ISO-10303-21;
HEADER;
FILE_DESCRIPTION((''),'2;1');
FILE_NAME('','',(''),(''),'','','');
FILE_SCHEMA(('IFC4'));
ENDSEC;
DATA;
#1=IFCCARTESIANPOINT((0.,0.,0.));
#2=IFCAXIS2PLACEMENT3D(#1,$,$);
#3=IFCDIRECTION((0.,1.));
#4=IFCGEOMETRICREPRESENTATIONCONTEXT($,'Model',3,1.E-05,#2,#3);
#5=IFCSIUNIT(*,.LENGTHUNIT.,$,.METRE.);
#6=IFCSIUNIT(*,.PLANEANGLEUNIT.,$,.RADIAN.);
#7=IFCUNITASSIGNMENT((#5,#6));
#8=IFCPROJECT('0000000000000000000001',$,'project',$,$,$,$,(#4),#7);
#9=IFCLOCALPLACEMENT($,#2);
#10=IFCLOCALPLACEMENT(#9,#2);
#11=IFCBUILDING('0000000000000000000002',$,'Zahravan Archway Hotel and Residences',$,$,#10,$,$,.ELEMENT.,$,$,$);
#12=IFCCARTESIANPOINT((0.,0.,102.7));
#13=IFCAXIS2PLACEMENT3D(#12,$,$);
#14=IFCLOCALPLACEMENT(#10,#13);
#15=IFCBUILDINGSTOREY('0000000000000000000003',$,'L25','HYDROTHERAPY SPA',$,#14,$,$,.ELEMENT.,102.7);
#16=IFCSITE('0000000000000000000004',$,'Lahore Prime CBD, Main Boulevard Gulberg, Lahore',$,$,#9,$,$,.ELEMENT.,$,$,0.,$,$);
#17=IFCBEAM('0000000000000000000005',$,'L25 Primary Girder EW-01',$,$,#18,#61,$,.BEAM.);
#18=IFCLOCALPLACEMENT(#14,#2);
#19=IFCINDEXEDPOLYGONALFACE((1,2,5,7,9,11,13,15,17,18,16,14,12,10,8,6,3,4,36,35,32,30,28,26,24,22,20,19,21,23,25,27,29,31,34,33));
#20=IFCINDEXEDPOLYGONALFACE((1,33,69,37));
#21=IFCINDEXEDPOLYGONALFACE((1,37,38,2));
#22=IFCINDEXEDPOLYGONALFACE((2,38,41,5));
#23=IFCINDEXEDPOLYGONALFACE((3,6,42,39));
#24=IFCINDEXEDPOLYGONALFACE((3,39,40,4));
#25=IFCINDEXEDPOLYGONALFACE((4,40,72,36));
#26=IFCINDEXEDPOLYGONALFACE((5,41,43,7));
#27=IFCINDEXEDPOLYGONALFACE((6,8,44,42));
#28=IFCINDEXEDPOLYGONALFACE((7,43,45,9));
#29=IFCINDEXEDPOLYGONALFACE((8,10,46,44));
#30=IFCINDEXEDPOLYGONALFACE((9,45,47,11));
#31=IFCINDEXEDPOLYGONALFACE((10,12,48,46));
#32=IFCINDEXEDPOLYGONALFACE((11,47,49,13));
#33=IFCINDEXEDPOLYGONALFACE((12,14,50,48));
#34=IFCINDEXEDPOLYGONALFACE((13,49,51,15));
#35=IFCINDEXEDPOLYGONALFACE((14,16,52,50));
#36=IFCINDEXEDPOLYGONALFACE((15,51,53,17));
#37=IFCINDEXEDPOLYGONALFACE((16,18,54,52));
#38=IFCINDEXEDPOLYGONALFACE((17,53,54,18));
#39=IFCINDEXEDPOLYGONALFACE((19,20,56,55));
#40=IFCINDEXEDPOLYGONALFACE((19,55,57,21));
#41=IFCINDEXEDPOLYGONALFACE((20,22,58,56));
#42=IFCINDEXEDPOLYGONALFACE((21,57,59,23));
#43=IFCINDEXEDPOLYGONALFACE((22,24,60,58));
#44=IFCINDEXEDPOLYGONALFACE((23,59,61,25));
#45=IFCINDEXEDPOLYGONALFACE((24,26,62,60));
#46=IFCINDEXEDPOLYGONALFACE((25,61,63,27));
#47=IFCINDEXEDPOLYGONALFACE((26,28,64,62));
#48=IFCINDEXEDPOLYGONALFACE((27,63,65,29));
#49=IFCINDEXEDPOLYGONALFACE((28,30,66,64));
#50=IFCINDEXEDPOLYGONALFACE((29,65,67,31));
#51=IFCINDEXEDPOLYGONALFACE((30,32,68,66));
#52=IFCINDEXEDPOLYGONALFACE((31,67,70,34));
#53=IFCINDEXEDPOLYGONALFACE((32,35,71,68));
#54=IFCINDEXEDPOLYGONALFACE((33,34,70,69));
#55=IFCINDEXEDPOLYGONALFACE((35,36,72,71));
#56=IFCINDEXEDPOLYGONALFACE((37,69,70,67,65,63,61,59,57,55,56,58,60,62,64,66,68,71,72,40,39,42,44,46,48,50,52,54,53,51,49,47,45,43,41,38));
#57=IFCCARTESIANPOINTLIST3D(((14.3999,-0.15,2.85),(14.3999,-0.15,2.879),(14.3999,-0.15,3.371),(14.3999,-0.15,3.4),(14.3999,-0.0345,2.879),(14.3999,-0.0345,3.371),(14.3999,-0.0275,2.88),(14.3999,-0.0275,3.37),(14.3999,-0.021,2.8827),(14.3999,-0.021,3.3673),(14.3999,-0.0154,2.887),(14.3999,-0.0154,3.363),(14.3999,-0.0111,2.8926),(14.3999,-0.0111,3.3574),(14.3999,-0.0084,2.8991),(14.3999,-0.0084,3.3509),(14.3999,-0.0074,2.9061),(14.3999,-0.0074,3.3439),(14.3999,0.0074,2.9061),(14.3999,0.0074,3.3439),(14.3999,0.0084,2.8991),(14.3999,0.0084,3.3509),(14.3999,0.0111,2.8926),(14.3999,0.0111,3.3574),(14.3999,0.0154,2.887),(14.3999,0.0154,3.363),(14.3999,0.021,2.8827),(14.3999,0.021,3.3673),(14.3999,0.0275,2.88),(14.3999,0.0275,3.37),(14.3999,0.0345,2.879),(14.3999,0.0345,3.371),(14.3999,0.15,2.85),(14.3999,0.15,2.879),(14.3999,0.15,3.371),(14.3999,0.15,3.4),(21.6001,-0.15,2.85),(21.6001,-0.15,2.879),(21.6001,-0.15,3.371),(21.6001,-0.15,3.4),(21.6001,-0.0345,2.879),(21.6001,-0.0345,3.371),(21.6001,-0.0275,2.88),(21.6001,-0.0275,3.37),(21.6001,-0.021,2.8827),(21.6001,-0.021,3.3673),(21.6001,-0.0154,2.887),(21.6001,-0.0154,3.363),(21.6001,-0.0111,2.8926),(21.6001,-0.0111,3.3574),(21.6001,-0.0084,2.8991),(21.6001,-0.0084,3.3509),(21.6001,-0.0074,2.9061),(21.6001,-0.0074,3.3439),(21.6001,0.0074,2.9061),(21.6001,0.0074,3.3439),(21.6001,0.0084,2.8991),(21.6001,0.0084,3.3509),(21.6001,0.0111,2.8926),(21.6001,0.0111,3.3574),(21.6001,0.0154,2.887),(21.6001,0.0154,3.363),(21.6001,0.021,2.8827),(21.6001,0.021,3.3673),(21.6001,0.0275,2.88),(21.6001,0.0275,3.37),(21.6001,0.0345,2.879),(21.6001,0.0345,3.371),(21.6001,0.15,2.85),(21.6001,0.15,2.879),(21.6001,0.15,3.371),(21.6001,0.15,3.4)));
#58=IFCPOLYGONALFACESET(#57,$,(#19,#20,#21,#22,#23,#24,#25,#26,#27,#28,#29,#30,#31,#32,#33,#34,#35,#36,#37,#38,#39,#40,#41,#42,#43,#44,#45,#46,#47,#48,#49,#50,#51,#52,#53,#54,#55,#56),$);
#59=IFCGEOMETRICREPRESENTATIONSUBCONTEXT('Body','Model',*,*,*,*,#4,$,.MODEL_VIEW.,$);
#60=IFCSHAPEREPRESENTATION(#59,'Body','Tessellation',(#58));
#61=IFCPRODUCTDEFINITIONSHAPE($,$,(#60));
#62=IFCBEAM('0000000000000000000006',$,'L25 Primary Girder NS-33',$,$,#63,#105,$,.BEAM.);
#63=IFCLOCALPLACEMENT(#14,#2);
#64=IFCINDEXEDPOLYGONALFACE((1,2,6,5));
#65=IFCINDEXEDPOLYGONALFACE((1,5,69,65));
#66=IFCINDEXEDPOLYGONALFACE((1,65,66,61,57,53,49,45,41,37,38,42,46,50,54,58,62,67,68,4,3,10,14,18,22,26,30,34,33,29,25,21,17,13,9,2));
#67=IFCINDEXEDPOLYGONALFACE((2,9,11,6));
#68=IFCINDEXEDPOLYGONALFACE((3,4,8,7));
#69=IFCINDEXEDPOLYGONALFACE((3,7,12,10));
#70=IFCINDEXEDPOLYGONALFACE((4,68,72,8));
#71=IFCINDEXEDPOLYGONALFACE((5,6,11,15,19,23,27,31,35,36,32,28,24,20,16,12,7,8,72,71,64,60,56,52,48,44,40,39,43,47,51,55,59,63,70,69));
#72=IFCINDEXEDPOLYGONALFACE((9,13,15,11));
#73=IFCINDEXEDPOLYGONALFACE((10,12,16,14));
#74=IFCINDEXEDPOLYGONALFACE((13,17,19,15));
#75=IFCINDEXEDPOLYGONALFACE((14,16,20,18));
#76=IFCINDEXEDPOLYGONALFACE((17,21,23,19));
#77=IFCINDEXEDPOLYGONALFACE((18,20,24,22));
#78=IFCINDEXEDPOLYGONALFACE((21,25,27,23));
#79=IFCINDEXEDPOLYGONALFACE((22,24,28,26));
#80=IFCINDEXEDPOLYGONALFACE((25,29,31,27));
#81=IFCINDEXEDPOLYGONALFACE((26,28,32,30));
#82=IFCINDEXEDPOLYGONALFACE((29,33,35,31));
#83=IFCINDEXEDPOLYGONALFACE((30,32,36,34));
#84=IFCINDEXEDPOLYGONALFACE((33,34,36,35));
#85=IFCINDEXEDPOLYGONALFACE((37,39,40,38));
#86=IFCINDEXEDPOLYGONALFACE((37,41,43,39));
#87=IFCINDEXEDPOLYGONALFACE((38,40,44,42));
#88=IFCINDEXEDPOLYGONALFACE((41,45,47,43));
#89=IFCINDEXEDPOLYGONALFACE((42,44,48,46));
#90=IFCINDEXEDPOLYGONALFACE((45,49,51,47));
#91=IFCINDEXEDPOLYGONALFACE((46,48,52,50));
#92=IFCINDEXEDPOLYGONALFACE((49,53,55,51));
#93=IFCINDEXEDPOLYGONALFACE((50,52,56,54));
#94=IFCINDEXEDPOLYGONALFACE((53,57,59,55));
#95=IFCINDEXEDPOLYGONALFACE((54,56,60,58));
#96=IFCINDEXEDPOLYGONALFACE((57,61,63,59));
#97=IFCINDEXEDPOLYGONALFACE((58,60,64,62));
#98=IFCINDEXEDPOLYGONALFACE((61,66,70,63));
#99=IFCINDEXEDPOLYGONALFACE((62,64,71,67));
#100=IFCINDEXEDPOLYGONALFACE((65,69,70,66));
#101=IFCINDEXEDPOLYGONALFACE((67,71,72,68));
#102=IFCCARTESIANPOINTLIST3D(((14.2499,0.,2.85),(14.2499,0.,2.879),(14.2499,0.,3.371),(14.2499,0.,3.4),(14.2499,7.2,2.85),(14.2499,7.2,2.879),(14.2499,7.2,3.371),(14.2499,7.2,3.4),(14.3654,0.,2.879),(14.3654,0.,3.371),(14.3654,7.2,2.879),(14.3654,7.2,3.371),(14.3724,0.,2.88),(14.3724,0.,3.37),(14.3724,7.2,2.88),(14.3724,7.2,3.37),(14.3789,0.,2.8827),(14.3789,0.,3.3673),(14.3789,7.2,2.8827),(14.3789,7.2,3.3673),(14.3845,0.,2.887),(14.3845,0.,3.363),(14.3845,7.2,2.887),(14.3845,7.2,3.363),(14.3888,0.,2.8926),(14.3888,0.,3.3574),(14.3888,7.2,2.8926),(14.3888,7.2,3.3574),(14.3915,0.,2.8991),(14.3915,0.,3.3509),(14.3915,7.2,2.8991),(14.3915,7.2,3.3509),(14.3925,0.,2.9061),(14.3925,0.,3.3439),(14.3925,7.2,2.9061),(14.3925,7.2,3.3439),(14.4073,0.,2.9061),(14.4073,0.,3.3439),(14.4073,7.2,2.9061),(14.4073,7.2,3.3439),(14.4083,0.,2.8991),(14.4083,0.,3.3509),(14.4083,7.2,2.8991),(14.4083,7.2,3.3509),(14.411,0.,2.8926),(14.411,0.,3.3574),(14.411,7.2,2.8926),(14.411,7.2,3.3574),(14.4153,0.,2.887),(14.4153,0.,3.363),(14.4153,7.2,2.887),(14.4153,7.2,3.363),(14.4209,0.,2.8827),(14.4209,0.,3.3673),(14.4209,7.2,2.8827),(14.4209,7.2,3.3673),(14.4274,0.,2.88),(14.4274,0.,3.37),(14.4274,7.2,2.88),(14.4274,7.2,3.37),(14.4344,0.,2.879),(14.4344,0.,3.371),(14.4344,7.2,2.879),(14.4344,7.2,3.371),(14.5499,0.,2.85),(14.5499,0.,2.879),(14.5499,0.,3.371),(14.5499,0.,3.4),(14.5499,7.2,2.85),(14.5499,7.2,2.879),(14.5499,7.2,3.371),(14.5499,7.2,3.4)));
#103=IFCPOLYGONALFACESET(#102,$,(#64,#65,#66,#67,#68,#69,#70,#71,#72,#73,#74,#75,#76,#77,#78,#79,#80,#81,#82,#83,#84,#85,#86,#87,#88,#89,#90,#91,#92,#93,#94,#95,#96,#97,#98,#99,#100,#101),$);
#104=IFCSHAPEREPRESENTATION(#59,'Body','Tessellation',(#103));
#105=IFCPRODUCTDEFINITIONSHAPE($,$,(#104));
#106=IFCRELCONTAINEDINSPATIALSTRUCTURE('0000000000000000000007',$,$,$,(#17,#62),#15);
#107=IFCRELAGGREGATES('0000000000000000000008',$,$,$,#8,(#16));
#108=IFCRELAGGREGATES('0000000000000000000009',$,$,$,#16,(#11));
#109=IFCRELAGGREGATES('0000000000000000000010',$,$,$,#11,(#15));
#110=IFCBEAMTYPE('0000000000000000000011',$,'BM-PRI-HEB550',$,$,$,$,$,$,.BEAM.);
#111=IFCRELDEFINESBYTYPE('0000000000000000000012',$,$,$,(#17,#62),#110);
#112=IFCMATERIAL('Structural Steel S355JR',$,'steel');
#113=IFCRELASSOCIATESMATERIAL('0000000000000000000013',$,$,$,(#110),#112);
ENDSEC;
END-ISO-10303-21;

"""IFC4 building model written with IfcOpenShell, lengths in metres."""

from ifc_helpers import new_model, si_unit, direction, frame, origin, origin_2d, place, context, subcontext, project, spatial, i_section, extrude, source, transform, mapped, material, material_profile, profile_set, type_object, type_shapes, element, save


model = new_model("IFC4")

# Units and contexts
model_context = context("Model", 3, precision=1e-05, world=origin(), true_north=direction((0.0, 1.0)))
body_context = subcontext(model_context, "Body", "Model", "MODEL_VIEW")
ifc_project = project(units=[si_unit("LENGTHUNIT", "METRE"), si_unit("PLANEANGLEUNIT", "RADIAN")], contexts=[model_context])

# Site, building, storey
site_placement = place(None, origin())
site = spatial("IfcSite", under=ifc_project, at=site_placement, Name="Lahore Prime CBD, Main Boulevard Gulberg, Lahore", CompositionType="ELEMENT", RefElevation=0.0)
building_placement = place(site_placement, origin())
building = spatial("IfcBuilding", under=site, at=building_placement, Name="Zahravan Archway Hotel and Residences", CompositionType="ELEMENT")
storey_placement = place(building_placement, frame((0.0, 0.0, 102.7)))
storey = spatial("IfcBuildingStorey", under=building, at=storey_placement, Name="L25", Description="HYDROTHERAPY SPA", CompositionType="ELEMENT", Elevation=102.7)

# Beams
ifc_material_1 = material(Name="Structural Steel S355JR", Category="steel")
ifc_material_profile = material_profile(ifc_material_1, i_section(OverallWidth=0.3, OverallDepth=0.55, WebThickness=0.0149, FlangeThickness=0.0291, FilletRadius=0.0271, at=origin_2d()), Name="HEB 550", Category="steel")
ifc_profile_set = profile_set([ifc_material_profile], Name="Structural Steel S355JR")
beam_type = type_object("IfcBeamType", Name="BM-PRI-HEB550", PredefinedType="BEAM", material=ifc_profile_set)
shared_shape_1 = source(origin(), body_context, "Body", "SweptSolid", [
    extrude(i_section(OverallWidth=0.3, OverallDepth=0.55, WebThickness=0.0149, FlangeThickness=0.0291, FilletRadius=0.0271, at=origin_2d()), origin(), (0.0, 0.0, 1.0), 7.2002),
])
type_shapes(beam_type, [shared_shape_1])
beam_1_placement = place(storey_placement, frame((14.3999, 0.0, 3.125), z_axis=(1.0, 0.0, 0.0), x_axis=(0.0, 1.0, 0.0)))
element("IfcBeam", 1, at=beam_1_placement, inside=storey, type_object=beam_type, Name="L25 Primary Girder EW-01", PredefinedType="BEAM", context=body_context, shape_type="MappedRepresentation", body=[
    mapped(shared_shape_1, transform((0.0, 0.0, 0.0), scale=1.0)),
])
shared_shape_2 = source(origin(), body_context, "Body", "SweptSolid", [
    extrude(i_section(OverallWidth=0.3, OverallDepth=0.55, WebThickness=0.0149, FlangeThickness=0.0291, FilletRadius=0.0271, at=origin_2d()), origin(), (0.0, 0.0, 1.0), 7.2),
])
beam_2_placement = place(storey_placement, frame((14.3999, 0.0, 3.125), z_axis=(0.0, 1.0, 0.0), x_axis=(-1.0, 0.0, 0.0)))
element("IfcBeam", 2, at=beam_2_placement, inside=storey, type_object=beam_type, Name="L25 Primary Girder NS-33", PredefinedType="BEAM", context=body_context, shape_type="MappedRepresentation", body=[
    mapped(shared_shape_2, transform((0.0, 0.0, 0.0), scale=1.0)),
])

save(model, "model.ifc")
